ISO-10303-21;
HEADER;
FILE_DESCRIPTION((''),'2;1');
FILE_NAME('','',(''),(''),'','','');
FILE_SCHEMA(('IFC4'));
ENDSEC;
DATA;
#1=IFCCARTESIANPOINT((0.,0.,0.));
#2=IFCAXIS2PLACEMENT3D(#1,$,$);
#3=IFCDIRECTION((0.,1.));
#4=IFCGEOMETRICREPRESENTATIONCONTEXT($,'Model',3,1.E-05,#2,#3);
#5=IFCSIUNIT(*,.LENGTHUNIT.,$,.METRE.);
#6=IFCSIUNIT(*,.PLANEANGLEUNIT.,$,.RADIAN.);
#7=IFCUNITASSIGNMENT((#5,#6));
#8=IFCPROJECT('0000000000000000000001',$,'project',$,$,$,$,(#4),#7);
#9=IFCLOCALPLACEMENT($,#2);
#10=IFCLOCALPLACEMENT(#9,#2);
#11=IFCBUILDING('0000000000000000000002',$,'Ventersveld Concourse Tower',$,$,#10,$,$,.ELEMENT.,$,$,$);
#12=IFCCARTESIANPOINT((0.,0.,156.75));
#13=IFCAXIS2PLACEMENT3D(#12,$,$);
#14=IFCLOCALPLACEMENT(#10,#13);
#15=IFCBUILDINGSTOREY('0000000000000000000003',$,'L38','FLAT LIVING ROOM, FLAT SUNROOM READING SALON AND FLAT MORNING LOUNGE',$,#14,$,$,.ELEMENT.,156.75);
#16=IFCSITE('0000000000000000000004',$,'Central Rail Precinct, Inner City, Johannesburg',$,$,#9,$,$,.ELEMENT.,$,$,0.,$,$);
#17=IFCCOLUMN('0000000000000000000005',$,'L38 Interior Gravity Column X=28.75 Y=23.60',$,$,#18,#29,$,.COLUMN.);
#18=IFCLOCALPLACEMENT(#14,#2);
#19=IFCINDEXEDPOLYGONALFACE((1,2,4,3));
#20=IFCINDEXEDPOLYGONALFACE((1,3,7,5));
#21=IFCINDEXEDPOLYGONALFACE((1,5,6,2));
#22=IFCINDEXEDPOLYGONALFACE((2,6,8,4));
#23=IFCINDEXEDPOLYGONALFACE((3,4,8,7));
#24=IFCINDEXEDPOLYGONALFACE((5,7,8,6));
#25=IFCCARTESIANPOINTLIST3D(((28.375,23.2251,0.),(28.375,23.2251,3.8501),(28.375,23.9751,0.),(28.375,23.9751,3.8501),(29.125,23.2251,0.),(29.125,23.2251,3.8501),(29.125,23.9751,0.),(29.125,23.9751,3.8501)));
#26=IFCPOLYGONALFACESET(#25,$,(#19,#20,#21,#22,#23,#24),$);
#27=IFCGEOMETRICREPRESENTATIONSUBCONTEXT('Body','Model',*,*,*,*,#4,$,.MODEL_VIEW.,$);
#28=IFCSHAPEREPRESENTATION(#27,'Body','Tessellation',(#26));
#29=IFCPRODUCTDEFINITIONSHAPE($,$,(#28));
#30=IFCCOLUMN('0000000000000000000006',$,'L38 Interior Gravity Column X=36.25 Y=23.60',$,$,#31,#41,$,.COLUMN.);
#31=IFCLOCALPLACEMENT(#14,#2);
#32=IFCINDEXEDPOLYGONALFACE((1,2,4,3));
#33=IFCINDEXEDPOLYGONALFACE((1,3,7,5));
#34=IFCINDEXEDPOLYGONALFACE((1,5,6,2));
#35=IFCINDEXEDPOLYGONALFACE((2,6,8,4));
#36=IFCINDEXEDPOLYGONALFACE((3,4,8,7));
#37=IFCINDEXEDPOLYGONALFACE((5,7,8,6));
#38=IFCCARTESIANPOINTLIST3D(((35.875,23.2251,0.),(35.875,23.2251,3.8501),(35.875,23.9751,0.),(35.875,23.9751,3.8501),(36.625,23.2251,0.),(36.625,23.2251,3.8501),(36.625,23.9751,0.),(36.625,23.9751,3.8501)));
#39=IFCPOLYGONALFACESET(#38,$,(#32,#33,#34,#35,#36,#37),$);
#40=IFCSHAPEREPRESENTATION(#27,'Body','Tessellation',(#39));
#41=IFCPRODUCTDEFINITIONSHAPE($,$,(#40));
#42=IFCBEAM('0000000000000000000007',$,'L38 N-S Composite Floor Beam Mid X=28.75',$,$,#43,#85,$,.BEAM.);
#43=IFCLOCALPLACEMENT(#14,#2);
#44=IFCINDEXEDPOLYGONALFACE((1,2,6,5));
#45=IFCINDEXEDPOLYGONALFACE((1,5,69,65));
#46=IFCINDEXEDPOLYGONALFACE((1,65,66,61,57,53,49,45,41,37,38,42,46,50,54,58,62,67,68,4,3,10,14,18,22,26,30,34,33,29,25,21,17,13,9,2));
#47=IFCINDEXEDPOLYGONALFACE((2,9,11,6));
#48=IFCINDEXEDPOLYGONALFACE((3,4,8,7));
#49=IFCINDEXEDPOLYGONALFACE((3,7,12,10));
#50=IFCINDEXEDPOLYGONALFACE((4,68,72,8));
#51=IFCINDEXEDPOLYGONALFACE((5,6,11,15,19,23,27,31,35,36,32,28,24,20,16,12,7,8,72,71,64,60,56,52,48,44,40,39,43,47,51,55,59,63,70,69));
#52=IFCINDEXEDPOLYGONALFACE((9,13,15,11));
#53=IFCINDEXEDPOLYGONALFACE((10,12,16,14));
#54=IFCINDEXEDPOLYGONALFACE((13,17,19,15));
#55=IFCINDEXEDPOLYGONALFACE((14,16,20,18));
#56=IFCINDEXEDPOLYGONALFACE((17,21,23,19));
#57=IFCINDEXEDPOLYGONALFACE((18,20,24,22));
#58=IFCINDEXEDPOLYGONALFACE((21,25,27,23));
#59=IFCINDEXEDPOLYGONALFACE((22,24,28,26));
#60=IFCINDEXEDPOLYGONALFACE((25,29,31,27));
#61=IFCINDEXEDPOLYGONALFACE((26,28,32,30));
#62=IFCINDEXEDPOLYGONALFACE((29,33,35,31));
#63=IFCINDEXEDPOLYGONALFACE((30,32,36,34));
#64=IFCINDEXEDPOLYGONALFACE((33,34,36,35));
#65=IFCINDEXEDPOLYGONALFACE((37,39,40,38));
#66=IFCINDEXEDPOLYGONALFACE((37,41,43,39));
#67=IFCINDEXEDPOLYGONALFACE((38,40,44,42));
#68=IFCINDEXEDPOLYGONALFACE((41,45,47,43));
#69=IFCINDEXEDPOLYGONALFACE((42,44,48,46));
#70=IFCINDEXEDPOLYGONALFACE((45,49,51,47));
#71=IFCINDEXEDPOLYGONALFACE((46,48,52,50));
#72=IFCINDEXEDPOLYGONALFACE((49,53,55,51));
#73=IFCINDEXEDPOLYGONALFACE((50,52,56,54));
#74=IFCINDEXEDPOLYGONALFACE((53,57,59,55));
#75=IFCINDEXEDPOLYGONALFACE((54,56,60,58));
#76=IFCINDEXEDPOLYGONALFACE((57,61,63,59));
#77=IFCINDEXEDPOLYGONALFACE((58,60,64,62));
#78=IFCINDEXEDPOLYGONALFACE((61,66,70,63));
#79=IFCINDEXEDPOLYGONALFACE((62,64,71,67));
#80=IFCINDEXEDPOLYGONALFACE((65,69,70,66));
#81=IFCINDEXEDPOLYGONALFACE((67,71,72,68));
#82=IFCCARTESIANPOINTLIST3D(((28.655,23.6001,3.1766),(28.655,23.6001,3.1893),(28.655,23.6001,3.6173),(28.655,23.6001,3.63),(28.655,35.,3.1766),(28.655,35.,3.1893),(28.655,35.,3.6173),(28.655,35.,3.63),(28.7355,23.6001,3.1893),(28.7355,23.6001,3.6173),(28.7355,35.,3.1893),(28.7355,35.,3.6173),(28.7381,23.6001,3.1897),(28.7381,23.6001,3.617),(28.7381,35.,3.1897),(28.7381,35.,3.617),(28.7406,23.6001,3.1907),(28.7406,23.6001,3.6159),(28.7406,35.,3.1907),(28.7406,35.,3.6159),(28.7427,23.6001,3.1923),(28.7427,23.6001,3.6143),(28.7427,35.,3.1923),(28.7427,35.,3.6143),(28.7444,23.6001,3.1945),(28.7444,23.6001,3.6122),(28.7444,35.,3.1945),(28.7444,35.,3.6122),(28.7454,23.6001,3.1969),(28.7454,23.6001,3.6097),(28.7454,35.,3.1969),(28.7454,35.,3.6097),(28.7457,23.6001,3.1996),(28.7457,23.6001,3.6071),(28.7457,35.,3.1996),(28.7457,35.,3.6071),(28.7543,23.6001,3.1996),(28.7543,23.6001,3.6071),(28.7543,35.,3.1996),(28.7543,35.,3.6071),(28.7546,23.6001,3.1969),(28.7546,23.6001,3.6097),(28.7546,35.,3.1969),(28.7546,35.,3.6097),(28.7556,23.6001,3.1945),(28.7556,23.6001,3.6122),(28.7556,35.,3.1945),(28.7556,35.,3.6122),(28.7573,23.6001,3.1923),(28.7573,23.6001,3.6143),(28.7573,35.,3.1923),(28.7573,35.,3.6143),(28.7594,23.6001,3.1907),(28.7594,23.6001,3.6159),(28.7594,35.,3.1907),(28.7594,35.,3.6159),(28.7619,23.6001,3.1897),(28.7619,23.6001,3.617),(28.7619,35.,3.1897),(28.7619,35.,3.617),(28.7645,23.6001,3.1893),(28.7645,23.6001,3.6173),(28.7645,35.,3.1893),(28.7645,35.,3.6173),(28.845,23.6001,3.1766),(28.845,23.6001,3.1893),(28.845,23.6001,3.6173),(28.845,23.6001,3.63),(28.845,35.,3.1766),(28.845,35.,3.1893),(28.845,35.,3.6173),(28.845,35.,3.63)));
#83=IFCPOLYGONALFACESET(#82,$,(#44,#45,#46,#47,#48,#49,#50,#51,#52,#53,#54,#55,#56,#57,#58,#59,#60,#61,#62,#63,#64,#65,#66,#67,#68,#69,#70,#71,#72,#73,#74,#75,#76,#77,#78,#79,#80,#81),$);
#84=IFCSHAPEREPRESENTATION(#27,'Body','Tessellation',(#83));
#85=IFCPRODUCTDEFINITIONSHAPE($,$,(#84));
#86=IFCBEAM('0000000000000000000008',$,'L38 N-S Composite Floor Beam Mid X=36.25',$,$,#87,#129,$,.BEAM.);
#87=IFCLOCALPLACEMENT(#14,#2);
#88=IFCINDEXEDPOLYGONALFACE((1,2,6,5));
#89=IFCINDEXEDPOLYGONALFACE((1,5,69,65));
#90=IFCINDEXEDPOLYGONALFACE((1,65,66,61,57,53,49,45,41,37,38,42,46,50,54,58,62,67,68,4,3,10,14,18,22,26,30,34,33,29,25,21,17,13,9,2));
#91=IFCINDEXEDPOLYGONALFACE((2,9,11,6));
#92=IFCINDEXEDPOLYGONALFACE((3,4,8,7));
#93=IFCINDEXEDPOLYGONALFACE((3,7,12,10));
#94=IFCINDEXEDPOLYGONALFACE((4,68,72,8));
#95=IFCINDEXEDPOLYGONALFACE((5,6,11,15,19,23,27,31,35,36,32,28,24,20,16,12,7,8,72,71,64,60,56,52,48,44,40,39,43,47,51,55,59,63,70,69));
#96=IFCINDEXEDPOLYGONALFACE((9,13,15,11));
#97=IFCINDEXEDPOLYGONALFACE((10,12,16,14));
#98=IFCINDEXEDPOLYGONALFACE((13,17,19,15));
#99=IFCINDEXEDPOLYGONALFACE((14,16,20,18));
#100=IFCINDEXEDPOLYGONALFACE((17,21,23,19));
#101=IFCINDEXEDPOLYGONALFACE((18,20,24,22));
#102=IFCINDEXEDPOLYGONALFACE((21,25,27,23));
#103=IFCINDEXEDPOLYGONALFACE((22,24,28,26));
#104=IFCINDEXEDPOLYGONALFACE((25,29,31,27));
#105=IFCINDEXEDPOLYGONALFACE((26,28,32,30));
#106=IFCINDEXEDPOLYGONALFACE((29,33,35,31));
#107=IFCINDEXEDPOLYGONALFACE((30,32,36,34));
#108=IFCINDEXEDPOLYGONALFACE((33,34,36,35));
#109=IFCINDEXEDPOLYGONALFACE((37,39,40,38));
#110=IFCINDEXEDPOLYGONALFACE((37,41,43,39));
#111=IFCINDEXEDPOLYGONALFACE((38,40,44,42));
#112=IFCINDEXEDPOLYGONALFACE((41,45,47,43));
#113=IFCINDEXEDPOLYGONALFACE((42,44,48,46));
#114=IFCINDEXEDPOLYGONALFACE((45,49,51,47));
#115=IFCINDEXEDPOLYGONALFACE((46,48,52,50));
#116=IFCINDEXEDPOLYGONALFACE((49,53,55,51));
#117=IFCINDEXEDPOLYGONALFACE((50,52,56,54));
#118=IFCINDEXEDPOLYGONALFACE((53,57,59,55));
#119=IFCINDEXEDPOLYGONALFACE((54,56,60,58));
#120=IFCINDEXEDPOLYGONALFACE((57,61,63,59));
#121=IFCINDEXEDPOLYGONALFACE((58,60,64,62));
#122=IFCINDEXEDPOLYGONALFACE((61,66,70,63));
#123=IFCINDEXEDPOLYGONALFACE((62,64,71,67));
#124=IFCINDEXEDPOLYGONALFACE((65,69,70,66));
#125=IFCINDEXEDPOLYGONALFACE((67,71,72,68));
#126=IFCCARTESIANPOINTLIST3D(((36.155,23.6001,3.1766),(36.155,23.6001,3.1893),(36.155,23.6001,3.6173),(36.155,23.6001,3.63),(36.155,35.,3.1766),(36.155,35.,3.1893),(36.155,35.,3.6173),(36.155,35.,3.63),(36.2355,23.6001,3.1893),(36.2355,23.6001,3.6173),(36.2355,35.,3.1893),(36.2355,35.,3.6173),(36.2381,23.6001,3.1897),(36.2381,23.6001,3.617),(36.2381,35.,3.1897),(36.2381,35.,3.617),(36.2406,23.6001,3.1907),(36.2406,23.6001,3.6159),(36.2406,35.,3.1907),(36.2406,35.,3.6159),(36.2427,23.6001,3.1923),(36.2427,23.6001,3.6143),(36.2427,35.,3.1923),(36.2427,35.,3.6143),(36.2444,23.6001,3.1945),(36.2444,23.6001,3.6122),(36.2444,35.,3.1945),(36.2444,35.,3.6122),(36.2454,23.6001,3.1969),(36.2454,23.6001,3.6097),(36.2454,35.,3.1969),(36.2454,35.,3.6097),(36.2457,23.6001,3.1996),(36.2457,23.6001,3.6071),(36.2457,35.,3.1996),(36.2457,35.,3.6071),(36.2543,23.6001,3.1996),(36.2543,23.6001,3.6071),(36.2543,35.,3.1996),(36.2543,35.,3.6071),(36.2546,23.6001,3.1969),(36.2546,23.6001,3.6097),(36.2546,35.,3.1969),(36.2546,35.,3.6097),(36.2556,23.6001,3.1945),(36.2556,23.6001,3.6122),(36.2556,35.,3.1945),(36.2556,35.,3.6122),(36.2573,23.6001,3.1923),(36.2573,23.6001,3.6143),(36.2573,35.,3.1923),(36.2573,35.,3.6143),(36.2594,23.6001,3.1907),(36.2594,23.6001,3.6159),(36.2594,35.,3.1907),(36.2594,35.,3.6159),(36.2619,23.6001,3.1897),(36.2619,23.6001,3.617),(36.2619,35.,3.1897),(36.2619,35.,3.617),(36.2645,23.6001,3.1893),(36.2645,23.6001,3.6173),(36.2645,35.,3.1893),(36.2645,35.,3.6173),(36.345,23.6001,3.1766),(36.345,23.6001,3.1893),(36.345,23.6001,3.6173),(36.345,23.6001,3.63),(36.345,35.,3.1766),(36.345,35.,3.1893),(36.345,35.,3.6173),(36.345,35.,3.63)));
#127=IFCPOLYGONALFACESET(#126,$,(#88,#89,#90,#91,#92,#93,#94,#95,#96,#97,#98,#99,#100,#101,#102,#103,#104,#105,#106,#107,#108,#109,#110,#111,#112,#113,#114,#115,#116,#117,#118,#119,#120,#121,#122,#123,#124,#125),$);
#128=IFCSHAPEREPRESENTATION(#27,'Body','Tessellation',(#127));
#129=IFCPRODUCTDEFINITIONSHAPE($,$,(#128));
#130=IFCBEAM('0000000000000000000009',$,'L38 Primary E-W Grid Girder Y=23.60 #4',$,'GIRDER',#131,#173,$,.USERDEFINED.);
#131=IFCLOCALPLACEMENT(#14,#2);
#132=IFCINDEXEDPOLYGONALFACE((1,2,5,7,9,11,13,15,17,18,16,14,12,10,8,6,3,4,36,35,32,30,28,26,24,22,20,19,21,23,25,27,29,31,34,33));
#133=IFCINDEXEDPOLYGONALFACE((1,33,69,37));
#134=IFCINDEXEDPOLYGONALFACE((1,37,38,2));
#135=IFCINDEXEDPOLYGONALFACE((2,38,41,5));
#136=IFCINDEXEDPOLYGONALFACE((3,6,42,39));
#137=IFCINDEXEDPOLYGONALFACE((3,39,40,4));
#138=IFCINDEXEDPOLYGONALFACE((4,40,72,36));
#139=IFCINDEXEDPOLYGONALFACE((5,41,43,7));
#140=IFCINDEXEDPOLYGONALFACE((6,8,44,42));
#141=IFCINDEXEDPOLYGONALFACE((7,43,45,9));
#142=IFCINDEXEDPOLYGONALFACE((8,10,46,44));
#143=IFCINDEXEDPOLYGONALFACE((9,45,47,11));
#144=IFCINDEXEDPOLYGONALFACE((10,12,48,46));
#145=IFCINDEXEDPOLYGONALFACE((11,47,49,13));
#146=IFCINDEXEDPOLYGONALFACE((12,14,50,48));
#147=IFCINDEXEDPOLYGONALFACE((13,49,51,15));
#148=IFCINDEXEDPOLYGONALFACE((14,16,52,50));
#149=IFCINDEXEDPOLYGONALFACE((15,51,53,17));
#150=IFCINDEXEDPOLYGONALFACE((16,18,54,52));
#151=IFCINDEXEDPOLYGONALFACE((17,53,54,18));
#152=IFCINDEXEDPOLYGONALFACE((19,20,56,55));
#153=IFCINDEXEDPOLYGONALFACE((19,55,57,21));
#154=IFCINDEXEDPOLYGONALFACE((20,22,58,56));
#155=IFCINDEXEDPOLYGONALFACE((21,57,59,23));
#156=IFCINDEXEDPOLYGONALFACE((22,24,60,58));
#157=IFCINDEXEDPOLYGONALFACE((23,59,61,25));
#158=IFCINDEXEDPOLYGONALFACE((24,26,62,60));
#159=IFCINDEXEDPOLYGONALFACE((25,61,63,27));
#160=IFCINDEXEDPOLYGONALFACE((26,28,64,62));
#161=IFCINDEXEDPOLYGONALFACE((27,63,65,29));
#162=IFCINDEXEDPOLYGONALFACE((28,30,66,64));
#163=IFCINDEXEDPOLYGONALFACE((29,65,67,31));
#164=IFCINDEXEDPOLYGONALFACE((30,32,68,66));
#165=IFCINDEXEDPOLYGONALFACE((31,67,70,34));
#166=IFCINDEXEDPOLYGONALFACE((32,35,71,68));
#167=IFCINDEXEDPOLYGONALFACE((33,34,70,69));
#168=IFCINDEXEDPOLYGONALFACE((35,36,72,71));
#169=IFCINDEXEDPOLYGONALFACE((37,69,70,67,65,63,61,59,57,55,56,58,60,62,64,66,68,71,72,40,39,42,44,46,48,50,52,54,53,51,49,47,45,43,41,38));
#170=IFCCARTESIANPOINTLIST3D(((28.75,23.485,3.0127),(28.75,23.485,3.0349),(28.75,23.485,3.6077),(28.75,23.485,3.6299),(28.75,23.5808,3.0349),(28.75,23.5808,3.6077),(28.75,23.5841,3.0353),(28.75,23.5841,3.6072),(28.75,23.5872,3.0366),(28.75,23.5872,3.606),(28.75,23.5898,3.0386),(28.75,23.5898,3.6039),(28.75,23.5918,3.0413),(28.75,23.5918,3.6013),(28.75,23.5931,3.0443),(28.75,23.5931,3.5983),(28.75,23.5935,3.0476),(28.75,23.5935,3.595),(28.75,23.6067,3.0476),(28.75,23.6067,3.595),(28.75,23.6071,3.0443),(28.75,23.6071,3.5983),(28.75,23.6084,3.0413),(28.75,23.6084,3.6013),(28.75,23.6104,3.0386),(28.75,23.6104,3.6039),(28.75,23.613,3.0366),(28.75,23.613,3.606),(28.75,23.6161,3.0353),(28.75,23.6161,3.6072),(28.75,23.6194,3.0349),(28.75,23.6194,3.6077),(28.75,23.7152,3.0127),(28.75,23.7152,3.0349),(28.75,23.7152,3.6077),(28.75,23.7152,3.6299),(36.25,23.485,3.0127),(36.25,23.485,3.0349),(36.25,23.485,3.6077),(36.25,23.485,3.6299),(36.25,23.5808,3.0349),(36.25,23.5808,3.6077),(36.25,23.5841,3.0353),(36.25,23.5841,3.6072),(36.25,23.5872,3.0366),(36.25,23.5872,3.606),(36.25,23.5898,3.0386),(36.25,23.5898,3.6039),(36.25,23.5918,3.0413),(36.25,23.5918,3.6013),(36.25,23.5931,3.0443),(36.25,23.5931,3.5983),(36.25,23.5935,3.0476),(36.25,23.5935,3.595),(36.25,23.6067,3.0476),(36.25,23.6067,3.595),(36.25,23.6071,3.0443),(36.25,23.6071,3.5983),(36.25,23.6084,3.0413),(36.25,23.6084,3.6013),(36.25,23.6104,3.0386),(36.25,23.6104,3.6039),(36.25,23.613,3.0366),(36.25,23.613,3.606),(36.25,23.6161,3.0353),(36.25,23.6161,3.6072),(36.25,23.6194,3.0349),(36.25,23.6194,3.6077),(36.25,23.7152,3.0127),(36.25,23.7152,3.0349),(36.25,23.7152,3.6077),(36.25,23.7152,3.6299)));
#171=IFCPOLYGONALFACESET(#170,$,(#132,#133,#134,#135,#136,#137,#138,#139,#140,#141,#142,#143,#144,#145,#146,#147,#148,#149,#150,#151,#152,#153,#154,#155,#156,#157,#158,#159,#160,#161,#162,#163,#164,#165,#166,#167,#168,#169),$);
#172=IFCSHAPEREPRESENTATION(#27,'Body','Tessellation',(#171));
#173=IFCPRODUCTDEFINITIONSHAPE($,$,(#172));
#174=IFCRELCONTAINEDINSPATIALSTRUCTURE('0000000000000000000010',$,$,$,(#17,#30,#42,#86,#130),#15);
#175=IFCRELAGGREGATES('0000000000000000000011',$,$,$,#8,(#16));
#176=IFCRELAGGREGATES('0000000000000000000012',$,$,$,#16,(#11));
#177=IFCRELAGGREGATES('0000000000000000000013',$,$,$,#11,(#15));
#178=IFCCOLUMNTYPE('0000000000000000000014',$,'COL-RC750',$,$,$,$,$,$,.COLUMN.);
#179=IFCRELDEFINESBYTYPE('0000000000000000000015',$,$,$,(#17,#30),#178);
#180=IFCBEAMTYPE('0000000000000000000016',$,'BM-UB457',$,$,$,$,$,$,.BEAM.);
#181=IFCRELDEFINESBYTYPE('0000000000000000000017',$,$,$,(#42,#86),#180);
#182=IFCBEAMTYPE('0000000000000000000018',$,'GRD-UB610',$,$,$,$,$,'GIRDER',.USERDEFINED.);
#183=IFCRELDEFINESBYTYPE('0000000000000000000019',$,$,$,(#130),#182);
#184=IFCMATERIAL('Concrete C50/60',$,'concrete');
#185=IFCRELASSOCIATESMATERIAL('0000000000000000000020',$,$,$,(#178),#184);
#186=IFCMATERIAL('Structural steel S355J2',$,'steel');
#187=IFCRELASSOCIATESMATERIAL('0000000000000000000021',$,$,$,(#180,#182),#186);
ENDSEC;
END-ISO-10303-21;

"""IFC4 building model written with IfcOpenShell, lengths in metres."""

from ifc_helpers import new_model, si_unit, direction, frame, origin, origin_2d, place, context, subcontext, project, spatial, rectangle, i_section, extrude, material, material_profile, profile_set, type_object, element, save


model = new_model("IFC4")

# Units and contexts
model_context = context("Model", 3, precision=1e-05, world=origin(), true_north=direction((0.0, 1.0)))
body_context = subcontext(model_context, "Body", "Model", "MODEL_VIEW")
ifc_project = project(units=[si_unit("LENGTHUNIT", "METRE"), si_unit("PLANEANGLEUNIT", "RADIAN")], contexts=[model_context])

# Site, building, storey
site_placement = place(None, origin())
site = spatial("IfcSite", under=ifc_project, at=site_placement, Name="Central Rail Precinct, Inner City, Johannesburg", CompositionType="ELEMENT", RefElevation=0.0)
building_placement = place(site_placement, origin())
building = spatial("IfcBuilding", under=site, at=building_placement, Name="Ventersveld Concourse Tower", CompositionType="ELEMENT")
storey_placement = place(building_placement, frame((0.0, 0.0, 156.75)))
storey = spatial("IfcBuildingStorey", under=building, at=storey_placement, Name="L38", Description="FLAT LIVING ROOM, FLAT SUNROOM READING SALON AND FLAT MORNING LOUNGE", CompositionType="ELEMENT", Elevation=156.75)

# Columns
ifc_material_1 = material(Name="Concrete C50/60", Category="concrete")
ifc_material_profile_1 = material_profile(ifc_material_1, rectangle(XDim=0.75, YDim=0.75, at=origin_2d()), Name="RC 750x750")
ifc_profile_set_1 = profile_set([ifc_material_profile_1], Name="Concrete C50/60")
column_type = type_object("IfcColumnType", Name="COL-RC750", PredefinedType="COLUMN", material=ifc_profile_set_1)
for number, where, z_axis, x_axis, name in (
    (1, (28.75, 23.6001, 0.0), (0.0, 0.0, 1.0), (1.0, 0.0, 0.0), "L38 Interior Gravity Column X=28.75 Y=23.60"),
    (2, (36.25, 23.6001, 0.0), (0.0, 0.0, 1.0), (1.0, 0.0, 0.0), "L38 Interior Gravity Column X=36.25 Y=23.60"),
):
    element("IfcColumn", number, at=place(storey_placement, frame(where, z_axis=z_axis, x_axis=x_axis)), inside=storey, type_object=column_type, Name=name, PredefinedType="COLUMN", context=body_context, shape_type="SweptSolid", body=[
        extrude(rectangle(XDim=0.75, YDim=0.75, at=origin_2d()), origin(), (0.0, 0.0, 1.0), 3.8501),
    ])

# Beams
ifc_material_2 = material(Name="Structural steel S355J2", Category="steel")
ifc_material_profile_2 = material_profile(ifc_material_2, i_section(OverallWidth=0.1899, OverallDepth=0.4534, WebThickness=0.0085, FlangeThickness=0.0127, FilletRadius=0.0103, at=origin_2d()), Name="UB 457x191x67")
ifc_profile_set_2 = profile_set([ifc_material_profile_2], Name="Structural steel S355J2")
beam_type_1 = type_object("IfcBeamType", Name="BM-UB457", PredefinedType="BEAM", material=ifc_profile_set_2)
for number, where, z_axis, x_axis, name in (
    (3, (28.75, 23.6001, 3.4033), (0.0, 1.0, 0.0), (-1.0, 0.0, 0.0), "L38 N-S Composite Floor Beam Mid X=28.75"),
    (4, (36.25, 23.6001, 3.4033), (0.0, 1.0, 0.0), (-1.0, 0.0, 0.0), "L38 N-S Composite Floor Beam Mid X=36.25"),
):
    element("IfcBeam", number, at=place(storey_placement, frame(where, z_axis=z_axis, x_axis=x_axis)), inside=storey, type_object=beam_type_1, Name=name, PredefinedType="BEAM", context=body_context, shape_type="SweptSolid", body=[
        extrude(i_section(OverallWidth=0.1899, OverallDepth=0.4534, WebThickness=0.0085, FlangeThickness=0.0127, FilletRadius=0.0103, at=origin_2d()), origin(), (0.0, 0.0, 1.0), 11.3999),
    ])
ifc_material_profile_3 = material_profile(ifc_material_2, i_section(OverallWidth=0.2302, OverallDepth=0.6172, WebThickness=0.0132, FlangeThickness=0.0222, FilletRadius=0.0127, at=origin_2d()), Name="UB 610x229x140")
ifc_profile_set_3 = profile_set([ifc_material_profile_3], Name="Structural steel S355J2")
beam_type_2 = type_object("IfcBeamType", Name="GRD-UB610", ElementType="GIRDER", PredefinedType="USERDEFINED", material=ifc_profile_set_3)
for number, where, z_axis, x_axis, name in (
    (5, (28.75, 23.6001, 3.3213), (1.0, 0.0, 0.0), (0.0, 1.0, 0.0), "L38 Primary E-W Grid Girder Y=23.60 #4"),
):
    element("IfcBeam", number, at=place(storey_placement, frame(where, z_axis=z_axis, x_axis=x_axis)), inside=storey, type_object=beam_type_2, Name=name, ObjectType="GIRDER", PredefinedType="USERDEFINED", context=body_context, shape_type="SweptSolid", body=[
        extrude(i_section(OverallWidth=0.2302, OverallDepth=0.6172, WebThickness=0.0132, FlangeThickness=0.0222, FilletRadius=0.0127, at=origin_2d()), origin(), (0.0, 0.0, 1.0), 7.5),
    ])

save(model, "model.ifc")
